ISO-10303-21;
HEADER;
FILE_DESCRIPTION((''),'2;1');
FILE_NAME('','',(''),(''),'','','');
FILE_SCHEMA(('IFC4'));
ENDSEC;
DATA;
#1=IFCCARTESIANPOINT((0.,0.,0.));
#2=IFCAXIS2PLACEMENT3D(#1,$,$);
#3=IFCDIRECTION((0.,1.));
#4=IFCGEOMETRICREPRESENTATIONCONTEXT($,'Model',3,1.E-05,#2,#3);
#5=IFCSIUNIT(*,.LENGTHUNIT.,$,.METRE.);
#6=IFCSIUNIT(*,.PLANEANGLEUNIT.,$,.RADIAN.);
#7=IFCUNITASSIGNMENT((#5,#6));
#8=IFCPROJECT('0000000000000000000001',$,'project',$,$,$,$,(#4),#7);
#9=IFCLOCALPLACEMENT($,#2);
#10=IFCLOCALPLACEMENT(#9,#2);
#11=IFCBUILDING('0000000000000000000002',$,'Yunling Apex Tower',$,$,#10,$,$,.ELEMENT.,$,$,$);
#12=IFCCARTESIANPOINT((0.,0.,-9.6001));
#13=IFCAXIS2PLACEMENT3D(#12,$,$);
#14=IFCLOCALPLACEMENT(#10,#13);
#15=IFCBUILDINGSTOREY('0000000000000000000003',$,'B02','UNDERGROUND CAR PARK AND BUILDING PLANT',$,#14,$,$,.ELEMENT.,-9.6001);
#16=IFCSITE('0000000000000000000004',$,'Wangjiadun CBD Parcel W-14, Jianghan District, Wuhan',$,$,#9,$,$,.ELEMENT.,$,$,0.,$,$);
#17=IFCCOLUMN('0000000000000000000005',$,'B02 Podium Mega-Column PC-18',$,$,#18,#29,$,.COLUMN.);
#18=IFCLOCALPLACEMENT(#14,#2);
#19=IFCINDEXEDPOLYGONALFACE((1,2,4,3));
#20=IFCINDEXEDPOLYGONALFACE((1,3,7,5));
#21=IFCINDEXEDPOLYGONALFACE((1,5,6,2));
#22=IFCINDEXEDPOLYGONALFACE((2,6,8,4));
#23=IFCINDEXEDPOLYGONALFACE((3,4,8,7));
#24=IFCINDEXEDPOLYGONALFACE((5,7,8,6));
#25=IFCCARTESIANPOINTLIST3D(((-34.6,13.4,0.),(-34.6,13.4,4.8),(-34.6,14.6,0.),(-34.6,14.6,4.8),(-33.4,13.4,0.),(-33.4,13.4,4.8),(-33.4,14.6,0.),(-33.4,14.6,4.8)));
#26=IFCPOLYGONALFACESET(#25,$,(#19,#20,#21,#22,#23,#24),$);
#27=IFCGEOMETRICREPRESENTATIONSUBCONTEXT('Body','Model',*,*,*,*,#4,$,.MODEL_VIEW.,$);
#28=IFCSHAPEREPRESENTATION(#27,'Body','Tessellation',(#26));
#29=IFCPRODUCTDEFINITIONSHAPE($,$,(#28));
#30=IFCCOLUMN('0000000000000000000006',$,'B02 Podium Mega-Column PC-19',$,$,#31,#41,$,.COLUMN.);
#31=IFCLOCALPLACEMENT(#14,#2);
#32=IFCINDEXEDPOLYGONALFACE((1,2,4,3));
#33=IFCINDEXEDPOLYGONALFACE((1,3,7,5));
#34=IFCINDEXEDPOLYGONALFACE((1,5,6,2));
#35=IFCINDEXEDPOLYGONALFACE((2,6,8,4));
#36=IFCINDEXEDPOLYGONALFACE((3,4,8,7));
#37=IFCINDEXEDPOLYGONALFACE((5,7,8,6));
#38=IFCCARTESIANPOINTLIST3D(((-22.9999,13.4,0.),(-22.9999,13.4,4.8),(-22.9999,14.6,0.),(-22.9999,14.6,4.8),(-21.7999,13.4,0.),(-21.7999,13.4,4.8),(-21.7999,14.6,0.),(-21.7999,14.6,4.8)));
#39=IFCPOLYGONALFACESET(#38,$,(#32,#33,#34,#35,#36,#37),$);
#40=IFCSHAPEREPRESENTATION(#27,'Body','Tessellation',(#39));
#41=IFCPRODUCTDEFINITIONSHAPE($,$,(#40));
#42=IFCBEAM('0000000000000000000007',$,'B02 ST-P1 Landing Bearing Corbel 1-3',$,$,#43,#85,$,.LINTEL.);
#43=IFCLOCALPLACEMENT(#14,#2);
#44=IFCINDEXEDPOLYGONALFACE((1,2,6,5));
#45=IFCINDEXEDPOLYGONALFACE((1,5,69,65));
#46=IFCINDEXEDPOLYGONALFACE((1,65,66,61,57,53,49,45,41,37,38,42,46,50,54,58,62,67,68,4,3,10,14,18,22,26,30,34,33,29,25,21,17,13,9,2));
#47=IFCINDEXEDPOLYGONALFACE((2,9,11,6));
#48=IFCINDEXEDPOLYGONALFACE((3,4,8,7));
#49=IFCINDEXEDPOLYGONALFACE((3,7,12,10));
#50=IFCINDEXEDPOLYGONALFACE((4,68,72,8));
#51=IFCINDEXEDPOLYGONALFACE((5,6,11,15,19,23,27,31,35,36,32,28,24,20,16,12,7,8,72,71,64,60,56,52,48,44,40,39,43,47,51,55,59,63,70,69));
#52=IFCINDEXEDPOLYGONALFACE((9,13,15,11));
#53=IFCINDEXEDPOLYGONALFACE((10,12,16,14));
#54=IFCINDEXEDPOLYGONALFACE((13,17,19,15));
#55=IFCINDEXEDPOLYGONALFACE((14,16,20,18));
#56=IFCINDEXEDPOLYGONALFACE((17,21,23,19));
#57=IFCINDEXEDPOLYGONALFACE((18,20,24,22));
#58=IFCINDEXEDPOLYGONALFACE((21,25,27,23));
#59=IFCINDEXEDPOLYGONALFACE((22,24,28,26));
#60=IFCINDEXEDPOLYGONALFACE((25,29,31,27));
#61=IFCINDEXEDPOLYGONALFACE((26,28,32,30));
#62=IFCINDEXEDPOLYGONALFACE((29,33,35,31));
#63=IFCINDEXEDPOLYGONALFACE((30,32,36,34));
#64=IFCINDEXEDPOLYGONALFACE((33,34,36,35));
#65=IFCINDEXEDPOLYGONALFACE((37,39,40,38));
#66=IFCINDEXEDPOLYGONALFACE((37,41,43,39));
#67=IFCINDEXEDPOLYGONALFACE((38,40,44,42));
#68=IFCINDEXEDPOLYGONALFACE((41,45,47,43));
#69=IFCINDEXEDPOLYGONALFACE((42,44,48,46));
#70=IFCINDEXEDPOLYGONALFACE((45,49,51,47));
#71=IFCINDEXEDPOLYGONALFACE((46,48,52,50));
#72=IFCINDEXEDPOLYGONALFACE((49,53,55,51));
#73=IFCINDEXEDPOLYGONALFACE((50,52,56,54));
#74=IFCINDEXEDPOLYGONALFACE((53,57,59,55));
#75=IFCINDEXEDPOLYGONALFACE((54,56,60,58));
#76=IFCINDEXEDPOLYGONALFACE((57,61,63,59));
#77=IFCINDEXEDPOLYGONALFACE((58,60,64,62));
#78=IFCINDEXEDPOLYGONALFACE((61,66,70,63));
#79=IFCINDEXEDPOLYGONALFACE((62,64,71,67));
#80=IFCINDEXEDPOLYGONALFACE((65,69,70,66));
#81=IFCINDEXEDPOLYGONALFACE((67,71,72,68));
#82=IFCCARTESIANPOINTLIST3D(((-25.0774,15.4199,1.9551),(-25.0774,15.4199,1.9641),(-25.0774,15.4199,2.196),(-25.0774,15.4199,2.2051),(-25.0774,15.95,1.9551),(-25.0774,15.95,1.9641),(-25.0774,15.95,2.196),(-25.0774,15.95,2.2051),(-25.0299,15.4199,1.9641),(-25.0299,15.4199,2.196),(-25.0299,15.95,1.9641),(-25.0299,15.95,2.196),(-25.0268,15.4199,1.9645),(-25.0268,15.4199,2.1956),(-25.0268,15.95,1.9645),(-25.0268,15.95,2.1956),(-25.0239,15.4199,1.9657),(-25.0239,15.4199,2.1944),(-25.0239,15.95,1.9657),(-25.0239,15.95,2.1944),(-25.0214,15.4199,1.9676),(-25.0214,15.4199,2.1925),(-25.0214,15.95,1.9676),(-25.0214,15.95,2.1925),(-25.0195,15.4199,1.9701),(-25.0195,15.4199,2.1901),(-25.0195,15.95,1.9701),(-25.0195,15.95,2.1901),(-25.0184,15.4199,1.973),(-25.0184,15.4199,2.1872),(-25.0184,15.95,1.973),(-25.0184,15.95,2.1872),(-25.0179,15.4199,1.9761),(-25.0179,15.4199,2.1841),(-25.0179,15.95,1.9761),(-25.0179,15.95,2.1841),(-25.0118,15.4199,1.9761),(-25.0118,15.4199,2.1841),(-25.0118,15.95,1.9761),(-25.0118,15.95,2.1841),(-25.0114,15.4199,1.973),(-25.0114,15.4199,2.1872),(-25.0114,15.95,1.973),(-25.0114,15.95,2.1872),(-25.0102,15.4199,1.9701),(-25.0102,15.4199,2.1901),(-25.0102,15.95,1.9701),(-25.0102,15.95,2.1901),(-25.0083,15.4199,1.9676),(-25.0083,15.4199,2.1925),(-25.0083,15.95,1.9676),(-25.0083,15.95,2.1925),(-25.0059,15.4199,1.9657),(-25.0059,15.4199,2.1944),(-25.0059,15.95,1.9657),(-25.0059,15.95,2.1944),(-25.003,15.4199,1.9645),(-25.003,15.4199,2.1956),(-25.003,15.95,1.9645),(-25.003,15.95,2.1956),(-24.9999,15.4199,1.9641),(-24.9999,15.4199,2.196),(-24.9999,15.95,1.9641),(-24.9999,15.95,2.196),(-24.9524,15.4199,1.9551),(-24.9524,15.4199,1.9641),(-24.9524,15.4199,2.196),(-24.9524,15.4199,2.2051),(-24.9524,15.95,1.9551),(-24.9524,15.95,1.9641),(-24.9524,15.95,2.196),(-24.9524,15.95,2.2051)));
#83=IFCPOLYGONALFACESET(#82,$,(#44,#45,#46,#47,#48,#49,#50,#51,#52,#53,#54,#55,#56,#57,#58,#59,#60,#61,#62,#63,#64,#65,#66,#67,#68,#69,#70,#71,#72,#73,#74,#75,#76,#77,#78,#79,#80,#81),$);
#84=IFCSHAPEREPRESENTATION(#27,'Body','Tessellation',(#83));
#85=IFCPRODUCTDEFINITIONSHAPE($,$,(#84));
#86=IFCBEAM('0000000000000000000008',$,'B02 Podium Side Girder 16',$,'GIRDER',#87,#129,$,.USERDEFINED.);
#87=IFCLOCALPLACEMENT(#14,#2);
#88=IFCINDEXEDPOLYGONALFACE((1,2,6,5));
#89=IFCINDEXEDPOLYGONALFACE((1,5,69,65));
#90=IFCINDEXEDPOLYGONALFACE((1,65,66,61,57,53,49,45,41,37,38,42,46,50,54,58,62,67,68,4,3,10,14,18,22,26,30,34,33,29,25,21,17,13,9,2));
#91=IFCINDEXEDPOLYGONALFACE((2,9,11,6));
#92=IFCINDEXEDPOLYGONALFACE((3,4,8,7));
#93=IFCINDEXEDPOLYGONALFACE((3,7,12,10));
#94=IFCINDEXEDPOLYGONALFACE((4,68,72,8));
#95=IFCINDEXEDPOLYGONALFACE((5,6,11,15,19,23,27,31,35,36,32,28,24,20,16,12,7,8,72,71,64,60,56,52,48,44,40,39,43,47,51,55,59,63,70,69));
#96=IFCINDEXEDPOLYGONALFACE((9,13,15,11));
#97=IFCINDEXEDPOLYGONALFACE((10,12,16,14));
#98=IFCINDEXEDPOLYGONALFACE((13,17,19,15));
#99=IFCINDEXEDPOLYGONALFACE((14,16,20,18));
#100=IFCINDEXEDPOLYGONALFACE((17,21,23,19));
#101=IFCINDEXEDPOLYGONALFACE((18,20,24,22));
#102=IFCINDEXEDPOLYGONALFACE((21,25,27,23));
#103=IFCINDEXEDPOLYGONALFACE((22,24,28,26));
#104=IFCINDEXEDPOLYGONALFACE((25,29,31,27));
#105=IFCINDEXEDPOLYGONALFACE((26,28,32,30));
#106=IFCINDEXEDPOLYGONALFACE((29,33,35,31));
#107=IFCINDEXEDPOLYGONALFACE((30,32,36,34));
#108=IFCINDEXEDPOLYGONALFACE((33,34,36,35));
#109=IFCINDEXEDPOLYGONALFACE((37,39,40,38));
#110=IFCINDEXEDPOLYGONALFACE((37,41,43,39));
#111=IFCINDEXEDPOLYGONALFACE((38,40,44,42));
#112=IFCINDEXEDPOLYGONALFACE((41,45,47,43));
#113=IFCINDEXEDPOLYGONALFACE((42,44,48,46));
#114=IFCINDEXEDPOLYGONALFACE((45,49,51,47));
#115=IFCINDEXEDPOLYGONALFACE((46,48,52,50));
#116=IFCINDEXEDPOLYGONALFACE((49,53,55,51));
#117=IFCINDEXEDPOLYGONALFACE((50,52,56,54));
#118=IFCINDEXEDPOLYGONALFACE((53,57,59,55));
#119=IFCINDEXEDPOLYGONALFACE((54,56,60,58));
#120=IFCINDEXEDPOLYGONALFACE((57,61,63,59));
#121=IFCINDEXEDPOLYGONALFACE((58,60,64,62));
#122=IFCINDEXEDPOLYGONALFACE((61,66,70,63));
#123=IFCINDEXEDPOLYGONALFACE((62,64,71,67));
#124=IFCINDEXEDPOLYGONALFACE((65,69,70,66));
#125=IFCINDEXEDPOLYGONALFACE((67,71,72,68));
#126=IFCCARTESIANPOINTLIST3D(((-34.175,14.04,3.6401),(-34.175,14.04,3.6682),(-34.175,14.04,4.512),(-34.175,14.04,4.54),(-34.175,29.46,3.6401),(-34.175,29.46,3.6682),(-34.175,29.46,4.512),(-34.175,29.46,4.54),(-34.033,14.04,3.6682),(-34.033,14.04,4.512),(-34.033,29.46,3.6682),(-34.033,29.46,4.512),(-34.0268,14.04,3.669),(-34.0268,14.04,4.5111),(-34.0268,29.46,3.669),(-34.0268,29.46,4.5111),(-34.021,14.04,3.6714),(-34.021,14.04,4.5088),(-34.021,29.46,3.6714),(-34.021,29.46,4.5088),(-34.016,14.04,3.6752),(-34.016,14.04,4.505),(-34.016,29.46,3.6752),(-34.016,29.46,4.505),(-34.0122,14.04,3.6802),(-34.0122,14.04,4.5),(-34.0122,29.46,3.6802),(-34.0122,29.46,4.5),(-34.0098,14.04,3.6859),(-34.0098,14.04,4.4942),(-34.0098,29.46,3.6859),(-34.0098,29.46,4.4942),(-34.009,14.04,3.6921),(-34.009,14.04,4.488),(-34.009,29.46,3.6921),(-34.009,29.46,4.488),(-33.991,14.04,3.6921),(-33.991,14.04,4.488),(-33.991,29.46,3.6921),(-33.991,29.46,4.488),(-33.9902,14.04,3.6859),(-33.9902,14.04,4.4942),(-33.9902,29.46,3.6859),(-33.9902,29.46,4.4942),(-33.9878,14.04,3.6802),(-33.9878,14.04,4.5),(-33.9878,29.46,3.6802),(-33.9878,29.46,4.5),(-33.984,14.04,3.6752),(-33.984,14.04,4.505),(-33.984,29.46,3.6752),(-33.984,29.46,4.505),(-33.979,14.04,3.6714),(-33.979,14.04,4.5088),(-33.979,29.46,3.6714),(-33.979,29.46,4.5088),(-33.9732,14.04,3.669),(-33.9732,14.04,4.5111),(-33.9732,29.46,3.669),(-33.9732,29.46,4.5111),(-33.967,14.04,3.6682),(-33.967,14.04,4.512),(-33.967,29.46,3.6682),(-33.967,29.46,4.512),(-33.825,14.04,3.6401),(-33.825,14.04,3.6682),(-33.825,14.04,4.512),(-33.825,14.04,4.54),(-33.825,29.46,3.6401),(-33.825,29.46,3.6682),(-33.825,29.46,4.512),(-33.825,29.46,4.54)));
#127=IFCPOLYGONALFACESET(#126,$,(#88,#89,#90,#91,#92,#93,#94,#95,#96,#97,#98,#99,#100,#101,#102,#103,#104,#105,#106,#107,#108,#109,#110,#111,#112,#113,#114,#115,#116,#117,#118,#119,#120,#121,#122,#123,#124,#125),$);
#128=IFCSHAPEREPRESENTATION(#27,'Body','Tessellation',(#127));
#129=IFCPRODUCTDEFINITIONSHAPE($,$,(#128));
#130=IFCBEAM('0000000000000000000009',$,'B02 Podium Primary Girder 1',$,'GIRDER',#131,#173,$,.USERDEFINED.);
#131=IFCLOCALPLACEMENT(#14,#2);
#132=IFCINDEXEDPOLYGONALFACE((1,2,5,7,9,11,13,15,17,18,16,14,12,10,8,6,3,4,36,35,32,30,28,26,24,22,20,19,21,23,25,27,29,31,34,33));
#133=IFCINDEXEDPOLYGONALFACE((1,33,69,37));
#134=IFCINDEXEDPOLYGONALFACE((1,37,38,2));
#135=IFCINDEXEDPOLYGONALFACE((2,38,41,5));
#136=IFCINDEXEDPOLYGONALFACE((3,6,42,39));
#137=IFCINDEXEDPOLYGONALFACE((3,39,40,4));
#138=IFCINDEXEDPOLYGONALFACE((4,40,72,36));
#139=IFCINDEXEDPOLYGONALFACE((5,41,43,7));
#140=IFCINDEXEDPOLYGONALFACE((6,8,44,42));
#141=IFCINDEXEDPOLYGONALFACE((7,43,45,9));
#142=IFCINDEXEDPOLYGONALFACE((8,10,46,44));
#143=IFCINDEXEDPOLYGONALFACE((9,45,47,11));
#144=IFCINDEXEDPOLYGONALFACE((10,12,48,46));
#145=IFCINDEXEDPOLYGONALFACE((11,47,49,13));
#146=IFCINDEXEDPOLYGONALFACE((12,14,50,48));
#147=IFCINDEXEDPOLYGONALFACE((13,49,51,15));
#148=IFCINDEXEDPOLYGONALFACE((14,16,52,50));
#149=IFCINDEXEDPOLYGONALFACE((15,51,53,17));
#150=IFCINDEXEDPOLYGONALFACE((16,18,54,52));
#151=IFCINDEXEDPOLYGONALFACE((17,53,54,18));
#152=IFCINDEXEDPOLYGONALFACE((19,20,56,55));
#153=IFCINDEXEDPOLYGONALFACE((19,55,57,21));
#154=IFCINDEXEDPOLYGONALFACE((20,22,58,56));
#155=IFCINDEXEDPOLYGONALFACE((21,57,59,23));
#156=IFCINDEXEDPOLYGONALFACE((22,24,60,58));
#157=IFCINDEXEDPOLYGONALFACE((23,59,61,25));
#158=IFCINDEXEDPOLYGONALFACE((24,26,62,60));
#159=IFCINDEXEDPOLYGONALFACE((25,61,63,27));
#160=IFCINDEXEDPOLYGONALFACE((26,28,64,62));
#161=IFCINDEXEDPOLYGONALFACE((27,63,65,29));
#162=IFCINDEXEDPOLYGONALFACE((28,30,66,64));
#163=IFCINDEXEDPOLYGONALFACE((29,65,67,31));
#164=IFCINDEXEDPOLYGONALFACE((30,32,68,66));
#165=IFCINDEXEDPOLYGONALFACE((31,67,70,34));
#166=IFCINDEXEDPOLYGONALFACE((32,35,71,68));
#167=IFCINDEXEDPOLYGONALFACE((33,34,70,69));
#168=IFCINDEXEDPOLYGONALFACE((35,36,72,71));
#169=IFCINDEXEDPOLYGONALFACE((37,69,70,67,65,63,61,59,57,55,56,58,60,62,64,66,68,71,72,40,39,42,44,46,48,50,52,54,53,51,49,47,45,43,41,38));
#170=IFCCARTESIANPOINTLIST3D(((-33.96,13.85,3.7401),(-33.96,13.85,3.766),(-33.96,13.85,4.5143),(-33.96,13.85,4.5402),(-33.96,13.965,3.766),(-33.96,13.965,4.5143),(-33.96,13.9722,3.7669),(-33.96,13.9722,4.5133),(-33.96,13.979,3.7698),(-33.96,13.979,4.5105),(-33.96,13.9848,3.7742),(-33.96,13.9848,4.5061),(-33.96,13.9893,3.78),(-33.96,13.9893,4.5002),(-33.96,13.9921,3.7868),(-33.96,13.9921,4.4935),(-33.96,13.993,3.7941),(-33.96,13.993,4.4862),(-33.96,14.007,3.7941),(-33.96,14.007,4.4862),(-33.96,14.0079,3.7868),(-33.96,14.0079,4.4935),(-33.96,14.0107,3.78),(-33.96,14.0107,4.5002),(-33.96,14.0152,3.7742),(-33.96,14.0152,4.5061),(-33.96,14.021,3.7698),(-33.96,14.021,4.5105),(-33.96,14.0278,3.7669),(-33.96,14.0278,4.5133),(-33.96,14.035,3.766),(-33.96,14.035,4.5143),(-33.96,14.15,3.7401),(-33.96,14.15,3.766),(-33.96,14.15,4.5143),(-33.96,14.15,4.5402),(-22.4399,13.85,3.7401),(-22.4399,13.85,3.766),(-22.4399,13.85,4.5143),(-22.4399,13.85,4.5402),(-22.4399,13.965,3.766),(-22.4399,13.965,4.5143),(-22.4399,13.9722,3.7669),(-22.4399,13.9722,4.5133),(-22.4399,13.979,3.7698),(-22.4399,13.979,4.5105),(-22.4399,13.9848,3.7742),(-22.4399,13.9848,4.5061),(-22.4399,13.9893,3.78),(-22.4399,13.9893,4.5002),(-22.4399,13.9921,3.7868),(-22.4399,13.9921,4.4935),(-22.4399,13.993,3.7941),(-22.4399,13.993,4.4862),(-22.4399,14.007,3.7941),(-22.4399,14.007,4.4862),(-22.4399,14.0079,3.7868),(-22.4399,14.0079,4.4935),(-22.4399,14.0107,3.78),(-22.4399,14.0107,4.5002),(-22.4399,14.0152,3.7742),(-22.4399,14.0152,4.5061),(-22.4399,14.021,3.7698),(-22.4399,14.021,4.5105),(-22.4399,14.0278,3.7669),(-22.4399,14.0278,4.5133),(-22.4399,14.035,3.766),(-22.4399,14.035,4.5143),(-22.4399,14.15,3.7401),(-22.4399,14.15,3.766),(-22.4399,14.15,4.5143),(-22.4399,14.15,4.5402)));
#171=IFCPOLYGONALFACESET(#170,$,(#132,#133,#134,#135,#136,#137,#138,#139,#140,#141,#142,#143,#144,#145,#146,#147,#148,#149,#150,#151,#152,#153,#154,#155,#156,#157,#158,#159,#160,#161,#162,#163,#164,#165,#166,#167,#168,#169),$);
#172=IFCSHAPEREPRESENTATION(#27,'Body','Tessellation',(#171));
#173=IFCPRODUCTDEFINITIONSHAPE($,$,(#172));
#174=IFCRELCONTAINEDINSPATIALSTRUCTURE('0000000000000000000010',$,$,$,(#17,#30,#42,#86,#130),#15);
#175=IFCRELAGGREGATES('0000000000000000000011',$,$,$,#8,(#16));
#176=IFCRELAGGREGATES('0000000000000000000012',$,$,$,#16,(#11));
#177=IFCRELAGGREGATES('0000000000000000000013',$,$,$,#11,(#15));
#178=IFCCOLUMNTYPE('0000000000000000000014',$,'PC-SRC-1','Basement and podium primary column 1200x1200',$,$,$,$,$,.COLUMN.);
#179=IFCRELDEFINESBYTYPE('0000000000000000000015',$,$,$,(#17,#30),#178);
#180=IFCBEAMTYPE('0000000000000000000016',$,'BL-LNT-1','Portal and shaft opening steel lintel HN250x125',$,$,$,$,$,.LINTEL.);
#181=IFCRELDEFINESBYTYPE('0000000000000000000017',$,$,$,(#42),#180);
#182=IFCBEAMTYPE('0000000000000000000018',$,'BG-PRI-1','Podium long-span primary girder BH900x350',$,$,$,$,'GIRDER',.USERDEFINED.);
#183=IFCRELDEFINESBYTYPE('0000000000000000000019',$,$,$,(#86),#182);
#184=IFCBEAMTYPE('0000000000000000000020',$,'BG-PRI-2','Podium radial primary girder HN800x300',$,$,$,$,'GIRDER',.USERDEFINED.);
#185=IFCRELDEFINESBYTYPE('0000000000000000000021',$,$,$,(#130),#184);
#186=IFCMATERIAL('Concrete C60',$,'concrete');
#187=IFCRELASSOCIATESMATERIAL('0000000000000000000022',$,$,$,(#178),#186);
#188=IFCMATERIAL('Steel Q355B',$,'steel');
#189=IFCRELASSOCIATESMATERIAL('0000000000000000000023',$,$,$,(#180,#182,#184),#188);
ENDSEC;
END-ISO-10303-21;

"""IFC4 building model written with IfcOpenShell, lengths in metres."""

from ifc_helpers import new_model, si_unit, direction, frame, origin, origin_2d, place, context, subcontext, project, spatial, rectangle, i_section, extrude, source, transform, mapped, material, material_profile, profile_set, type_object, element, save


model = new_model("IFC4")

# Units and contexts
model_context = context("Model", 3, precision=1e-05, world=origin(), true_north=direction((0.0, 1.0)))
body_context = subcontext(model_context, "Body", "Model", "MODEL_VIEW")
ifc_project = project(units=[si_unit("LENGTHUNIT", "METRE"), si_unit("PLANEANGLEUNIT", "RADIAN")], contexts=[model_context])

# Site, building, storey
site_placement = place(None, origin())
site = spatial("IfcSite", under=ifc_project, at=site_placement, Name="Wangjiadun CBD Parcel W-14, Jianghan District, Wuhan", CompositionType="ELEMENT", RefElevation=0.0)
building_placement = place(site_placement, origin())
building = spatial("IfcBuilding", under=site, at=building_placement, Name="Yunling Apex Tower", CompositionType="ELEMENT")
storey_placement = place(building_placement, frame((0.0, 0.0, -9.6001)))
storey = spatial("IfcBuildingStorey", under=building, at=storey_placement, Name="B02", Description="UNDERGROUND CAR PARK AND BUILDING PLANT", CompositionType="ELEMENT", Elevation=-9.6001)

# Columns
ifc_material_1 = material(Name="Concrete C60", Category="concrete")
ifc_material_profile_1 = material_profile(ifc_material_1, rectangle(XDim=1.2, YDim=1.2, at=origin_2d()))
ifc_profile_set_1 = profile_set([ifc_material_profile_1], Name="Concrete C60")
column_type = type_object("IfcColumnType", Name="PC-SRC-1", Description="Basement and podium primary column 1200x1200", PredefinedType="COLUMN", material=ifc_profile_set_1)
shared_shape_1 = source(origin(), body_context, "Body", "SweptSolid", [
    extrude(rectangle(XDim=1.2, YDim=1.2, at=origin_2d()), origin(), (0.0, 0.0, 1.0), 4.8),
])
for number, where, z_axis, x_axis, name in (
    (1, (-34.0, 14.0, 0.0), (0.0, 0.0, 1.0), (1.0, 0.0, 0.0), "B02 Podium Mega-Column PC-18"),
    (2, (-22.3999, 14.0, 0.0), (0.0, 0.0, 1.0), (1.0, 0.0, 0.0), "B02 Podium Mega-Column PC-19"),
):
    element("IfcColumn", number, at=place(storey_placement, frame(where, z_axis=z_axis, x_axis=x_axis)), inside=storey, type_object=column_type, Name=name, PredefinedType="COLUMN", context=body_context, shape_type="MappedRepresentation", body=[
        mapped(shared_shape_1, transform((0.0, 0.0, 0.0), scale=1.0)),
    ])

# Beams
ifc_material_2 = material(Name="Steel Q355B", Category="steel")
ifc_material_profile_2 = material_profile(ifc_material_2, i_section(OverallWidth=0.125, OverallDepth=0.25, WebThickness=0.0061, FlangeThickness=0.009, FilletRadius=0.012, at=origin_2d()))
ifc_profile_set_2 = profile_set([ifc_material_profile_2], Name="Steel Q355B")
beam_type_1 = type_object("IfcBeamType", Name="BL-LNT-1", Description="Portal and shaft opening steel lintel HN250x125", PredefinedType="LINTEL", material=ifc_profile_set_2)
shared_shape_2 = source(origin(), body_context, "Body", "SweptSolid", [
    extrude(i_section(OverallWidth=0.125, OverallDepth=0.25, WebThickness=0.0061, FlangeThickness=0.009, FilletRadius=0.012, at=origin_2d()), origin(), (0.0, 0.0, 1.0), 0.53),
])
beam_1_placement = place(storey_placement, frame((-25.0149, 15.4199, 2.0801), z_axis=(0.0, 1.0, 0.0), x_axis=(-1.0, 0.0, 0.0)))
element("IfcBeam", 3, at=beam_1_placement, inside=storey, type_object=beam_type_1, Name="B02 ST-P1 Landing Bearing Corbel 1-3", PredefinedType="LINTEL", context=body_context, shape_type="MappedRepresentation", body=[
    mapped(shared_shape_2, transform((0.0, 0.0, 0.0), scale=1.0)),
])
ifc_material_profile_3 = material_profile(ifc_material_2, i_section(OverallWidth=0.3501, OverallDepth=0.8999, WebThickness=0.0181, FlangeThickness=0.0281, FilletRadius=0.0239, at=origin_2d()))
ifc_profile_set_3 = profile_set([ifc_material_profile_3], Name="Steel Q355B")
beam_type_2 = type_object("IfcBeamType", Name="BG-PRI-1", Description="Podium long-span primary girder BH900x350", ElementType="GIRDER", PredefinedType="USERDEFINED", material=ifc_profile_set_3)
shared_shape_3 = source(origin(), body_context, "Body", "SweptSolid", [
    extrude(i_section(OverallWidth=0.3501, OverallDepth=0.8999, WebThickness=0.0181, FlangeThickness=0.0281, FilletRadius=0.0239, at=origin_2d()), origin(), (0.0, 0.0, 1.0), 15.4199),
])
beam_2_placement = place(storey_placement, frame((-34.0, 14.04, 4.0901), z_axis=(0.0, 1.0, 0.0), x_axis=(-1.0, 0.0, 0.0)))
element("IfcBeam", 4, at=beam_2_placement, inside=storey, type_object=beam_type_2, Name="B02 Podium Side Girder 16", ObjectType="GIRDER", PredefinedType="USERDEFINED", context=body_context, shape_type="MappedRepresentation", body=[
    mapped(shared_shape_3, transform((0.0, 0.0, 0.0), scale=1.0)),
])
ifc_material_profile_4 = material_profile(ifc_material_2, i_section(OverallWidth=0.3, OverallDepth=0.8, WebThickness=0.0139, FlangeThickness=0.0259, FilletRadius=0.0281, at=origin_2d()))
ifc_profile_set_4 = profile_set([ifc_material_profile_4], Name="Steel Q355B")
beam_type_3 = type_object("IfcBeamType", Name="BG-PRI-2", Description="Podium radial primary girder HN800x300", ElementType="GIRDER", PredefinedType="USERDEFINED", material=ifc_profile_set_4)
shared_shape_4 = source(origin(), body_context, "Body", "SweptSolid", [
    extrude(i_section(OverallWidth=0.3, OverallDepth=0.8, WebThickness=0.0139, FlangeThickness=0.0259, FilletRadius=0.0281, at=origin_2d()), origin(), (0.0, 0.0, 1.0), 11.52),
])
beam_3_placement = place(storey_placement, frame((-33.96, 14.0, 4.1401), z_axis=(1.0, 0.0, 0.0), x_axis=(0.0, 1.0, 0.0)))
element("IfcBeam", 5, at=beam_3_placement, inside=storey, type_object=beam_type_3, Name="B02 Podium Primary Girder 1", ObjectType="GIRDER", PredefinedType="USERDEFINED", context=body_context, shape_type="MappedRepresentation", body=[
    mapped(shared_shape_4, transform((0.0, 0.0, 0.0), scale=1.0)),
])

save(model, "model.ifc")
